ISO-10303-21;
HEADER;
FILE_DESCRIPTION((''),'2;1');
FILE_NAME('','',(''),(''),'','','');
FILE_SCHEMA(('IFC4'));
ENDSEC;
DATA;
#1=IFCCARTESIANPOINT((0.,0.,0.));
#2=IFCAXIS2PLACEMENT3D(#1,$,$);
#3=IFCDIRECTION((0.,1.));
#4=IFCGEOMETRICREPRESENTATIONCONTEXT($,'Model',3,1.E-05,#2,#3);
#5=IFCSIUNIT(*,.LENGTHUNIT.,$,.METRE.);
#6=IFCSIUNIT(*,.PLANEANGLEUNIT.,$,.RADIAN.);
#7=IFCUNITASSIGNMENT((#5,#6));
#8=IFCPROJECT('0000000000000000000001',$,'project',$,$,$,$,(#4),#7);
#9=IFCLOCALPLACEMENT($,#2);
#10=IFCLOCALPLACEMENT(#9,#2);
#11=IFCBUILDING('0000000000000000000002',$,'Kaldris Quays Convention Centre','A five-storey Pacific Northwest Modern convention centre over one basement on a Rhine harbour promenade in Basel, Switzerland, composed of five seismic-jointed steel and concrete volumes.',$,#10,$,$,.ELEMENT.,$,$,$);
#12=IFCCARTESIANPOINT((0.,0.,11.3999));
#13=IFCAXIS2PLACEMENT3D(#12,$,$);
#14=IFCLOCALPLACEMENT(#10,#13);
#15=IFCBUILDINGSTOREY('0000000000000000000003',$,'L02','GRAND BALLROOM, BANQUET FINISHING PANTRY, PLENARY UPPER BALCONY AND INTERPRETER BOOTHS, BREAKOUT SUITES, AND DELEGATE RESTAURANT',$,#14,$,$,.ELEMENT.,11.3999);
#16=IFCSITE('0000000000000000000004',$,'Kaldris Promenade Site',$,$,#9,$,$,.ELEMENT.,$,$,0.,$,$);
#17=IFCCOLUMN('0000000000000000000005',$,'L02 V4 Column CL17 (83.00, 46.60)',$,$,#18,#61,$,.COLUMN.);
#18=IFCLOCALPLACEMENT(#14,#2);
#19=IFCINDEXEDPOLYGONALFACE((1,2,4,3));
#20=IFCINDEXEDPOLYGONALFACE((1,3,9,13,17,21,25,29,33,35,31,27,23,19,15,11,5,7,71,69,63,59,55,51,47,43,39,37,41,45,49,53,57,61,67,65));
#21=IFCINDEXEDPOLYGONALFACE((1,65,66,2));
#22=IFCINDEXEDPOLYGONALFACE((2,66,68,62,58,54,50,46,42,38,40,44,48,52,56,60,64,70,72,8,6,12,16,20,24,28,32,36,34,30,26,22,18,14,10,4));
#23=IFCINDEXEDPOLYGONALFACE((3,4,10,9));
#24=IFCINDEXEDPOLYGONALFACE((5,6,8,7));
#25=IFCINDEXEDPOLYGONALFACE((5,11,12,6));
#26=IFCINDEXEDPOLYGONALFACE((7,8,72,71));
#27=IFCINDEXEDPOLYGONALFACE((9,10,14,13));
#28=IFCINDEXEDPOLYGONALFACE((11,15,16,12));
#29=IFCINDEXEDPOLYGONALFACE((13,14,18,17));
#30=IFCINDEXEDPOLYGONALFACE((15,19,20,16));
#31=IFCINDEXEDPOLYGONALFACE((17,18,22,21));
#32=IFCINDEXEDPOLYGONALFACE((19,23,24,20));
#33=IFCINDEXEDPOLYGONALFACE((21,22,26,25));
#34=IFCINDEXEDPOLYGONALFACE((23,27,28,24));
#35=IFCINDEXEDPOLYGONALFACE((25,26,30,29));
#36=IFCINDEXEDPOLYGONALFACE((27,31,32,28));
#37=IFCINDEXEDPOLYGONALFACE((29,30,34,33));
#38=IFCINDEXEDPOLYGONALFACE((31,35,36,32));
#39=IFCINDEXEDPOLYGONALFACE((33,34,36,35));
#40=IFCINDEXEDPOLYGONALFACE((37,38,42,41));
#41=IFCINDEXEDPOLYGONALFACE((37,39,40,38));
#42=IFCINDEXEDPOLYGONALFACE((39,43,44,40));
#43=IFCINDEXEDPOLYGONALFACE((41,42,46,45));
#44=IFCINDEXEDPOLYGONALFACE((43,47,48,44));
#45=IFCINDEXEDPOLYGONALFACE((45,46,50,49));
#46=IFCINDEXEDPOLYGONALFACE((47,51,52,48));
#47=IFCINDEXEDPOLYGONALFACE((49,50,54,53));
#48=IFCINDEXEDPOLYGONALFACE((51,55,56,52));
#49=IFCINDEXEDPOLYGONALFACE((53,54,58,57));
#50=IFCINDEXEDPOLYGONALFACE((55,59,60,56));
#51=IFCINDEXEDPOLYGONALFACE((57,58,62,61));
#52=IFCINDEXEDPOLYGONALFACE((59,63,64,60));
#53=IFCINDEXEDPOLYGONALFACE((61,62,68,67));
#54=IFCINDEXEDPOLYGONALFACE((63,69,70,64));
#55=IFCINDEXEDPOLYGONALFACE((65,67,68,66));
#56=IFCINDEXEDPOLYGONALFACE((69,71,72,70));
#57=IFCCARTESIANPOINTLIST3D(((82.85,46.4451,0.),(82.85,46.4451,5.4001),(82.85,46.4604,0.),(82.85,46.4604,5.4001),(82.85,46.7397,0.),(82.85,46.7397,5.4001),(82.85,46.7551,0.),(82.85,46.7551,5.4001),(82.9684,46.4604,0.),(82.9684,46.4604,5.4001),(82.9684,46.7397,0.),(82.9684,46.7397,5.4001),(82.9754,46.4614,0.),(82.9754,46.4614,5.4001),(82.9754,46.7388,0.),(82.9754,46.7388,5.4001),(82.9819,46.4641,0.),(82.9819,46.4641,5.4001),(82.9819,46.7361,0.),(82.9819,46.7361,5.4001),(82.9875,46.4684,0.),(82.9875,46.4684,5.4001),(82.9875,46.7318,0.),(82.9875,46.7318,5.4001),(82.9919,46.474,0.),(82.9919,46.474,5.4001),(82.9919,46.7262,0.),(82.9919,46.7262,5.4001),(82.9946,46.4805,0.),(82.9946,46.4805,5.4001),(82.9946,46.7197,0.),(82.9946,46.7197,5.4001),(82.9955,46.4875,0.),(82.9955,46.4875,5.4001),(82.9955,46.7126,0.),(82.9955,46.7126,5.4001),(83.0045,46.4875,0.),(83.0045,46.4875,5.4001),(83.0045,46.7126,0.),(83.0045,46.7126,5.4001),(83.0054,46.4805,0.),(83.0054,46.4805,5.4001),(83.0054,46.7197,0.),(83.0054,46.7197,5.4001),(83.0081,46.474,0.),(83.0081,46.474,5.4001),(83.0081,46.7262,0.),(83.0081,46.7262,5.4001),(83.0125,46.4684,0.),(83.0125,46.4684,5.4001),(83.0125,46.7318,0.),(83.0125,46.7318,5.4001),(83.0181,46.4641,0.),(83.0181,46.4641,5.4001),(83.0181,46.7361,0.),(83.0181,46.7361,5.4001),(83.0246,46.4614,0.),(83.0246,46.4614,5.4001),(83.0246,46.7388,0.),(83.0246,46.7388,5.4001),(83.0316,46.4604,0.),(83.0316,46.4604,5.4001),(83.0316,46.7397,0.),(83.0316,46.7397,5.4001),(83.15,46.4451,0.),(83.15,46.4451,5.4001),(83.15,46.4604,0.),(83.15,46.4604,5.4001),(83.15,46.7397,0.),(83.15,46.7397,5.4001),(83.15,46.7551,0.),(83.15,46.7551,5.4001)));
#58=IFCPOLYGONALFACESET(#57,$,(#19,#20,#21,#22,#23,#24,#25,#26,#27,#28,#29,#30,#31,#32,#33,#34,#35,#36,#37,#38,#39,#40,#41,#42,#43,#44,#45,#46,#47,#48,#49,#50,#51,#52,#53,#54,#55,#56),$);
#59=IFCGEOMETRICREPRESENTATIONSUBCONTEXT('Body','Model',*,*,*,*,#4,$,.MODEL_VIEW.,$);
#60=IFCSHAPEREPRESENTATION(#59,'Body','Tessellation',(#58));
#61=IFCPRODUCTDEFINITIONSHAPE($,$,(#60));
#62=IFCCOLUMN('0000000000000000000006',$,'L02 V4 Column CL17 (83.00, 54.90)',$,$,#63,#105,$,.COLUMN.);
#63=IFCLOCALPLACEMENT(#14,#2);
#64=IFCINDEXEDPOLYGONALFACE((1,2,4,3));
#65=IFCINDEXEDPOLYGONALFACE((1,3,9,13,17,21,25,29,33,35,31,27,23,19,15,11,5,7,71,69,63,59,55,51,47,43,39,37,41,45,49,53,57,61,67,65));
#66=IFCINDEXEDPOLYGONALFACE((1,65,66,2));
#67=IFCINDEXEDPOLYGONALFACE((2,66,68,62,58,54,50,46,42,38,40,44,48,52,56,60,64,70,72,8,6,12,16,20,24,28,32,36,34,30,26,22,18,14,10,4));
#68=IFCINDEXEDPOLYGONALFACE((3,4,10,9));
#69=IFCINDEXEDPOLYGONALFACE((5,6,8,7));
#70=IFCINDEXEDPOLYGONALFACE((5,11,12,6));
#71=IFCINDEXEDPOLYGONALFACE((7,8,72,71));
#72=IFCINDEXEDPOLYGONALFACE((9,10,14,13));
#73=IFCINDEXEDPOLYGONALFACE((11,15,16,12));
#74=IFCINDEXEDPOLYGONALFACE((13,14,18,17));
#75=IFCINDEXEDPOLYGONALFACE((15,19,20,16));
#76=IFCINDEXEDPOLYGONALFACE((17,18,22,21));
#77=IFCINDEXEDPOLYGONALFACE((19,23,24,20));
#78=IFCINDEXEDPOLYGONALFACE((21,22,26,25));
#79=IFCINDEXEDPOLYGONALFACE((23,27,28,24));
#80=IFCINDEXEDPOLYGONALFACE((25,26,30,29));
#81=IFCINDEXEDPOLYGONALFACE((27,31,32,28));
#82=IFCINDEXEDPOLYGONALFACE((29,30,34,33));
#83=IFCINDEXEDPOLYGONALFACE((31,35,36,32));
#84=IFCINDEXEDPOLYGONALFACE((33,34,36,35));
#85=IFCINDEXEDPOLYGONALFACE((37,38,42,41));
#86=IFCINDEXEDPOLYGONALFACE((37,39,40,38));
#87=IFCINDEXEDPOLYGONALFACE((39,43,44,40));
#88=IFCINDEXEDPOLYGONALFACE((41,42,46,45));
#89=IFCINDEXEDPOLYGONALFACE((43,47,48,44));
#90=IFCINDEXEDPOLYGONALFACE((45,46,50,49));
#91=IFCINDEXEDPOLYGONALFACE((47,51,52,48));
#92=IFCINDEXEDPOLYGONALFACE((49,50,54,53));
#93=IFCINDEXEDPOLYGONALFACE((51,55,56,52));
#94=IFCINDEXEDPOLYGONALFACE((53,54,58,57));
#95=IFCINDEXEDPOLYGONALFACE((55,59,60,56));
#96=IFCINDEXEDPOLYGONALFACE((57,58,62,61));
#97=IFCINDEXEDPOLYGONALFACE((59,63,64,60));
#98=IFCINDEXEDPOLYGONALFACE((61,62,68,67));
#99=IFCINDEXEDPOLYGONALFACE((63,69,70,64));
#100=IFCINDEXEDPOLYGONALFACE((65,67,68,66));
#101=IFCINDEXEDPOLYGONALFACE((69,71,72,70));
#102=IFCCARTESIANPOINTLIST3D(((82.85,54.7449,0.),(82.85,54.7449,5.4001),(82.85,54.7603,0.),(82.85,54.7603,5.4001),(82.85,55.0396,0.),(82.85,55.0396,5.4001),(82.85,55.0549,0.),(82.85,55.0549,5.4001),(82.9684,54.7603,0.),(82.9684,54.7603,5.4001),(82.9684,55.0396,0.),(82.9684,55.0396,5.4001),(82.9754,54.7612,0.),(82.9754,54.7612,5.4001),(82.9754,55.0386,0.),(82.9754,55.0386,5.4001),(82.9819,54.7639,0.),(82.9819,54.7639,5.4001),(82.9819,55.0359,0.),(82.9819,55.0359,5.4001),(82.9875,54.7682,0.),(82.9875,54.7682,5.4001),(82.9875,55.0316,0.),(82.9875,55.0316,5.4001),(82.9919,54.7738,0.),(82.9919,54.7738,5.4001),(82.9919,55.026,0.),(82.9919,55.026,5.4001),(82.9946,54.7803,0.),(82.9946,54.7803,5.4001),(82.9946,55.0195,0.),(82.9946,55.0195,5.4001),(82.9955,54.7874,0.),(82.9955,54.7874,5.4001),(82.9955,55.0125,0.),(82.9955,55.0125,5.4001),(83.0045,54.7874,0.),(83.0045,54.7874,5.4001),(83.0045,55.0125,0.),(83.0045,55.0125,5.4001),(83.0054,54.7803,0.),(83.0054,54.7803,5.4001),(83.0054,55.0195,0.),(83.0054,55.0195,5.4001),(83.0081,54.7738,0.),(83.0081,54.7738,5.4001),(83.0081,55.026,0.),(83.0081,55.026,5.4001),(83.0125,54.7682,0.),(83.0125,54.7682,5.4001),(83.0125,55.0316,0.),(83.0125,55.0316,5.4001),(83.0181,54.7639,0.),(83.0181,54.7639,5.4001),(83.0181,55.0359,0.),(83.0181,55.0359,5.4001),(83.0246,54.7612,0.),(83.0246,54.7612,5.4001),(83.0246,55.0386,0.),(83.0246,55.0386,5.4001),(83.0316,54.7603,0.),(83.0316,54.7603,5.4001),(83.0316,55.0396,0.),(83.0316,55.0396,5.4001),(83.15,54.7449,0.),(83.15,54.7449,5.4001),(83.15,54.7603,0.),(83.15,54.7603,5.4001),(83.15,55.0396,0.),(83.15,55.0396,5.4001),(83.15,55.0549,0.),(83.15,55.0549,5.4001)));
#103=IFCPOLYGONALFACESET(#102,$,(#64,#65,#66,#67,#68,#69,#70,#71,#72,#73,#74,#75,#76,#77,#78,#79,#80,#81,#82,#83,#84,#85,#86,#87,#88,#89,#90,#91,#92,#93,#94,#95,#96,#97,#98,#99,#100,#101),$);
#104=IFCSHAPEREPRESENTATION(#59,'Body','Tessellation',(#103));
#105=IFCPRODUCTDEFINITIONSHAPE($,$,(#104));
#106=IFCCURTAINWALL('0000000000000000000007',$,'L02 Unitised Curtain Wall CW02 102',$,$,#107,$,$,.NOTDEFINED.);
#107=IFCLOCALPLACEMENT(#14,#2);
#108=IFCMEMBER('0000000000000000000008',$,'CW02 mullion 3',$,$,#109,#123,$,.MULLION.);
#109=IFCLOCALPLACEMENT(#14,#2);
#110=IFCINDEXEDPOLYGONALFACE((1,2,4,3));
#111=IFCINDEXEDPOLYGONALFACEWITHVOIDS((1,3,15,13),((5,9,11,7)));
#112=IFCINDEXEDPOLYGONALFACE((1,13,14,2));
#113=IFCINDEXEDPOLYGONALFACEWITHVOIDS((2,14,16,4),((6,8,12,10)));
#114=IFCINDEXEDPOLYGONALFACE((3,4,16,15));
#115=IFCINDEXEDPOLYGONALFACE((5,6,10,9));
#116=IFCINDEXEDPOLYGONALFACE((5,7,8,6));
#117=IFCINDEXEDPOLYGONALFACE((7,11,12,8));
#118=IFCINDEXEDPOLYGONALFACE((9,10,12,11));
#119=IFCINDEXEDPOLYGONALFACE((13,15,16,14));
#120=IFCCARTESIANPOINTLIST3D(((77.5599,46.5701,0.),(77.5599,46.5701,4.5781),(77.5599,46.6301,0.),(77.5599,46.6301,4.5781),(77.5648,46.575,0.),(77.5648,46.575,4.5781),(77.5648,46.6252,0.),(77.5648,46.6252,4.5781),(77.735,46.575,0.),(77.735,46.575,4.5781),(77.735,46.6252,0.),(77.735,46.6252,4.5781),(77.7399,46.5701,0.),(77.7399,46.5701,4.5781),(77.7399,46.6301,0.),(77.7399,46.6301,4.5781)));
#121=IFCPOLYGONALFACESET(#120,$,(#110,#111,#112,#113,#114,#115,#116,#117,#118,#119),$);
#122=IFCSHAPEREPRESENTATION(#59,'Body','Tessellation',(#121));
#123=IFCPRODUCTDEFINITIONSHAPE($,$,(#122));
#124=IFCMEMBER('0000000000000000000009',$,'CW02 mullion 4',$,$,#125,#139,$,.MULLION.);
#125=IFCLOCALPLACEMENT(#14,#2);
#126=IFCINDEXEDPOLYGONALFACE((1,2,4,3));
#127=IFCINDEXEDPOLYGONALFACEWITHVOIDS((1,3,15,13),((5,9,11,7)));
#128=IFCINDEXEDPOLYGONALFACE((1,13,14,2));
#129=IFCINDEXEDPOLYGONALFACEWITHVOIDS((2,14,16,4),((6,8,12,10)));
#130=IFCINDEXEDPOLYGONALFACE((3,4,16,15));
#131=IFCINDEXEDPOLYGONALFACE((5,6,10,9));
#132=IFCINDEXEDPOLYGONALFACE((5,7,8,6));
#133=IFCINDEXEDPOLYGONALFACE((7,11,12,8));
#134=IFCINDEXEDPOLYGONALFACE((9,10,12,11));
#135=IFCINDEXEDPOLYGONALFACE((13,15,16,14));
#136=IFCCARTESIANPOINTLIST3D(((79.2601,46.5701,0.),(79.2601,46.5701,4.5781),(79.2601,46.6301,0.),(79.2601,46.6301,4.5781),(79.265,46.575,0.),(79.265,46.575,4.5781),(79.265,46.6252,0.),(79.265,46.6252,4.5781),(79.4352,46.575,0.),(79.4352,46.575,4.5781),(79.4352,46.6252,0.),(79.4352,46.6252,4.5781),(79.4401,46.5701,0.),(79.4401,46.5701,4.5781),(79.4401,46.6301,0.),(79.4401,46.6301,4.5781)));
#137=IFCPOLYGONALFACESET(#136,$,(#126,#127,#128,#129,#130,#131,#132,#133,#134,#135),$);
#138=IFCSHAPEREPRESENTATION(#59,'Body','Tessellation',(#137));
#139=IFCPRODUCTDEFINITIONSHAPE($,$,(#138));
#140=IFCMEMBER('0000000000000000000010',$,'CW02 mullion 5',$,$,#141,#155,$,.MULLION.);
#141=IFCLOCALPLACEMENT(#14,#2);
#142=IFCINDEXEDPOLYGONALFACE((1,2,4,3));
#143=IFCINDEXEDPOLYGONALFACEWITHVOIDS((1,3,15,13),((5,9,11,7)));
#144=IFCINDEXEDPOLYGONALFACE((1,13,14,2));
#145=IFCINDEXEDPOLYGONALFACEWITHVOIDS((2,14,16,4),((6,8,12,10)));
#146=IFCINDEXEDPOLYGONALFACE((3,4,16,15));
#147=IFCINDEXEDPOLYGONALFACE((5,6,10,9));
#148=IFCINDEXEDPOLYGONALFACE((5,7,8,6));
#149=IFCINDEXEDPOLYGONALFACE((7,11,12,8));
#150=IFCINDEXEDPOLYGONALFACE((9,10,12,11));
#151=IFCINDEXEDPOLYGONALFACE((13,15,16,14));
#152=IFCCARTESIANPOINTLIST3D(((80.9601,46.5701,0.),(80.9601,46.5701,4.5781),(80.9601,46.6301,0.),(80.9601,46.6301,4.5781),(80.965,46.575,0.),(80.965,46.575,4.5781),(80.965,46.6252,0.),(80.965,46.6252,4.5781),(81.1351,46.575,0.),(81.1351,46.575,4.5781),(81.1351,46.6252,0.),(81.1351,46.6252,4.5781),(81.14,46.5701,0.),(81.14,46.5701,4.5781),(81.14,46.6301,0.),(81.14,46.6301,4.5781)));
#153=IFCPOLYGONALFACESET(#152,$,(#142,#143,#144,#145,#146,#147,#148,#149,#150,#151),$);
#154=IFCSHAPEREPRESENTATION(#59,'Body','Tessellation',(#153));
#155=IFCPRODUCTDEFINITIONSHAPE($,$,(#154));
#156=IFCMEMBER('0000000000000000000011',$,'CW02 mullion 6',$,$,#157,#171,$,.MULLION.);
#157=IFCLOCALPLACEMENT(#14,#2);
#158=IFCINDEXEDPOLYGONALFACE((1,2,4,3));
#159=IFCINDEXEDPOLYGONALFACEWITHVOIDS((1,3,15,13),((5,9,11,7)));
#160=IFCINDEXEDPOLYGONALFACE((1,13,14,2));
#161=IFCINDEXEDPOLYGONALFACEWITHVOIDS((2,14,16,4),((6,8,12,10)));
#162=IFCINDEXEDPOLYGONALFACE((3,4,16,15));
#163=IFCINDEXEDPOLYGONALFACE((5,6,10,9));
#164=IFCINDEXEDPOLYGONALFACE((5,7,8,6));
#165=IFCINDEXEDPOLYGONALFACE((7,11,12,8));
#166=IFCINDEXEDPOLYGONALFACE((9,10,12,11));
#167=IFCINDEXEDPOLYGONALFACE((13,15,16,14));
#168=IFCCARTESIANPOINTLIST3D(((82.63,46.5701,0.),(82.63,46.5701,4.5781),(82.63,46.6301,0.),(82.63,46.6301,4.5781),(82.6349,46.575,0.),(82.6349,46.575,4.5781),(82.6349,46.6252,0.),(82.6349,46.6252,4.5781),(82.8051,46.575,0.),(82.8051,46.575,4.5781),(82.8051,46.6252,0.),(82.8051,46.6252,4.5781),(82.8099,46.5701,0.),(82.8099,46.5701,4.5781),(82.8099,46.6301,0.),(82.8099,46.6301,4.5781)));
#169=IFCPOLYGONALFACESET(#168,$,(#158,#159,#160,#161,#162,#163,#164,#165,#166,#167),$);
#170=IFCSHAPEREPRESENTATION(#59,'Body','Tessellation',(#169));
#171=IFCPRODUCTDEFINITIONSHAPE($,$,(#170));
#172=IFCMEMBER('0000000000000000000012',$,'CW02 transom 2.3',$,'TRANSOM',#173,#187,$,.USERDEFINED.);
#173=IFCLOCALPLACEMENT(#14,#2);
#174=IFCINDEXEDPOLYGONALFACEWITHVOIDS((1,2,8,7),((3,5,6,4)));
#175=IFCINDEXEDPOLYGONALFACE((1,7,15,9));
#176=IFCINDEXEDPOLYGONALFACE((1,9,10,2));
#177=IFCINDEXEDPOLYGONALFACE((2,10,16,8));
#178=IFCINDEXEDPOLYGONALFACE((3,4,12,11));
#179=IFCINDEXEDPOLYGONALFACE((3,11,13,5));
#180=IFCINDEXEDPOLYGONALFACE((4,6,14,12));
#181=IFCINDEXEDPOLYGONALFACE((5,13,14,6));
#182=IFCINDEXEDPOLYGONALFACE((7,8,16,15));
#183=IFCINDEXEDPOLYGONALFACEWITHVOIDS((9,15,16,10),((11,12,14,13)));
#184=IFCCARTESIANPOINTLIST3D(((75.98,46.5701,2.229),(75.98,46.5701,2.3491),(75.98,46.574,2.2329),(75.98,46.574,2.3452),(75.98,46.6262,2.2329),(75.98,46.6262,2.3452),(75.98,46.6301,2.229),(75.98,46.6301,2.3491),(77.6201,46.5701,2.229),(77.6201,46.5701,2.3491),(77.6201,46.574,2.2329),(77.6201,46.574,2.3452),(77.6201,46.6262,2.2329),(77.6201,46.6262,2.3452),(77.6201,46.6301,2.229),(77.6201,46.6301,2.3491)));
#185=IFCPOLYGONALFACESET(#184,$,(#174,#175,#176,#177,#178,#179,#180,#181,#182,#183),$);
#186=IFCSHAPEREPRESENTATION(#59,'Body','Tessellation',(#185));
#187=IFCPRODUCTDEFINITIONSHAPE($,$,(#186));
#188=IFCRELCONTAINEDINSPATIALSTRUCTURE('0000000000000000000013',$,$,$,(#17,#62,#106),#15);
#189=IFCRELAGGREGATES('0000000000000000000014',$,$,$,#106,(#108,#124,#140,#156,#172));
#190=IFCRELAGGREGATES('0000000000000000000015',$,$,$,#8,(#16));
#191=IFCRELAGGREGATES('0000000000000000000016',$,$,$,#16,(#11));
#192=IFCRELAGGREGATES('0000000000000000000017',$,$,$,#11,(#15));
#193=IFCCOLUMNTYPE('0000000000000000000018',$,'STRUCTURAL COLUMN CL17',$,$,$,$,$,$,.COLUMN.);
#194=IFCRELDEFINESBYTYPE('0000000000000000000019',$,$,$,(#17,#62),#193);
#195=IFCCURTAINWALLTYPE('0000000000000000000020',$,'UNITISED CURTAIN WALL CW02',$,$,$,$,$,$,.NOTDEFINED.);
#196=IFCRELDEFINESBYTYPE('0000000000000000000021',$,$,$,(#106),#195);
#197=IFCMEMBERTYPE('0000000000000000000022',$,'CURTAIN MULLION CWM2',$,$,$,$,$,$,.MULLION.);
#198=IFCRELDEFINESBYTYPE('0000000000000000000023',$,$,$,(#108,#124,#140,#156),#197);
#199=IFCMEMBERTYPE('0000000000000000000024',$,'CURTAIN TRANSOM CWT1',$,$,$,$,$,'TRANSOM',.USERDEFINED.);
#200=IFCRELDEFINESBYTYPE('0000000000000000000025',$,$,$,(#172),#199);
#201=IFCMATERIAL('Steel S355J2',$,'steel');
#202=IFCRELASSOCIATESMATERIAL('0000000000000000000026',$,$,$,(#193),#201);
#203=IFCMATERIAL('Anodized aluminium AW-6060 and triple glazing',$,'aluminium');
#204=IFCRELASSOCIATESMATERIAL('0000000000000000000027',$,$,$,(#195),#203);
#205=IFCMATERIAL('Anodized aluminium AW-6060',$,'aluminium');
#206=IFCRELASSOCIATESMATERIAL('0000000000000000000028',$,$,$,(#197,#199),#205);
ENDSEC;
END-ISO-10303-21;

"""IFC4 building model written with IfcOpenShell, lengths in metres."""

from ifc_helpers import new_model, si_unit, direction, frame, origin, origin_2d, place, context, subcontext, project, spatial, hollow_rectangle, i_section, extrude, material, material_profile, profile_set, type_object, element, aggregate, save


model = new_model("IFC4")

# Units and contexts
model_context = context("Model", 3, precision=1e-05, world=origin(), true_north=direction((0.0, 1.0)))
body_context = subcontext(model_context, "Body", "Model", "MODEL_VIEW")
ifc_project = project(units=[si_unit("LENGTHUNIT", "METRE"), si_unit("PLANEANGLEUNIT", "RADIAN")], contexts=[model_context])

# Site, building, storey
site_placement = place(None, origin())
site = spatial("IfcSite", under=ifc_project, at=site_placement, Name="Kaldris Promenade Site", CompositionType="ELEMENT", RefElevation=0.0)
building_placement = place(site_placement, origin())
building = spatial("IfcBuilding", under=site, at=building_placement, Name="Kaldris Quays Convention Centre", Description="A five-storey Pacific Northwest Modern convention centre over one basement on a Rhine harbour promenade in Basel, Switzerland, composed of five seismic-jointed steel and concrete volumes.", CompositionType="ELEMENT")
storey_placement = place(building_placement, frame((0.0, 0.0, 11.3999)))
storey = spatial("IfcBuildingStorey", under=building, at=storey_placement, Name="L02", Description="GRAND BALLROOM, BANQUET FINISHING PANTRY, PLENARY UPPER BALCONY AND INTERPRETER BOOTHS, BREAKOUT SUITES, AND DELEGATE RESTAURANT", CompositionType="ELEMENT", Elevation=11.3999)

# Columns
ifc_material_1 = material(Name="Steel S355J2", Category="steel")
ifc_material_profile_1 = material_profile(ifc_material_1, i_section(OverallWidth=0.3, OverallDepth=0.3101, WebThickness=0.009, FlangeThickness=0.0154, FilletRadius=0.0271, at=origin_2d()), Name="HEA 320")
ifc_profile_set_1 = profile_set([ifc_material_profile_1], Name="Steel S355J2")
column_type = type_object("IfcColumnType", Name="STRUCTURAL COLUMN CL17", PredefinedType="COLUMN", material=ifc_profile_set_1)
for number, where, z_axis, x_axis, name in (
    (1, (83.0, 46.6001, 0.0), (0.0, 0.0, 1.0), (1.0, 0.0, 0.0), "L02 V4 Column CL17 (83.00, 46.60)"),
    (2, (83.0, 54.8999, 0.0), (0.0, 0.0, 1.0), (1.0, 0.0, 0.0), "L02 V4 Column CL17 (83.00, 54.90)"),
):
    element("IfcColumn", number, at=place(storey_placement, frame(where, z_axis=z_axis, x_axis=x_axis)), inside=storey, type_object=column_type, Name=name, PredefinedType="COLUMN", context=body_context, shape_type="SweptSolid", body=[
        extrude(i_section(OverallWidth=0.3, OverallDepth=0.3101, WebThickness=0.009, FlangeThickness=0.0154, FilletRadius=0.0271, at=origin_2d()), origin(), (0.0, 0.0, 1.0), 5.4001),
    ])

# Curtain wall, members
ifc_material_2 = material(Name="Anodized aluminium AW-6060 and triple glazing", Category="aluminium")
curtain_wall_type = type_object("IfcCurtainWallType", Name="UNITISED CURTAIN WALL CW02", PredefinedType="NOTDEFINED", material=ifc_material_2)
curtain_wall_placement = place(storey_placement, origin())
curtain_wall = element("IfcCurtainWall", 3, at=curtain_wall_placement, inside=storey, type_object=curtain_wall_type, Name="L02 Unitised Curtain Wall CW02 102", PredefinedType="NOTDEFINED")
ifc_material_3 = material(Name="Anodized aluminium AW-6060", Category="aluminium")
ifc_material_profile_2 = material_profile(ifc_material_3, hollow_rectangle(XDim=0.0601, YDim=0.1799, WallThickness=0.0049, at=origin_2d()), Name="RHS 180x60x5")
ifc_profile_set_2 = profile_set([ifc_material_profile_2], Name="Anodized aluminium AW-6060")
member_type_1 = type_object("IfcMemberType", Name="CURTAIN MULLION CWM2", PredefinedType="MULLION", material=ifc_profile_set_2)
member_1_placement = place(storey_placement, frame((77.6499, 46.6001, 0.0), z_axis=(0.0, 0.0, 1.0), x_axis=(0.0, 1.0, 0.0)))
member_1 = element("IfcMember", 4, at=member_1_placement, type_object=member_type_1, Name="CW02 mullion 3", PredefinedType="MULLION", context=body_context, shape_type="SweptSolid", body=[
    extrude(hollow_rectangle(XDim=0.0601, YDim=0.1799, WallThickness=0.0049, at=origin_2d()), origin(), (0.0, 0.0, 1.0), 4.5781),
])
member_2_placement = place(storey_placement, frame((79.3501, 46.6001, 0.0), z_axis=(0.0, 0.0, 1.0), x_axis=(0.0, 1.0, 0.0)))
member_2 = element("IfcMember", 5, at=member_2_placement, type_object=member_type_1, Name="CW02 mullion 4", PredefinedType="MULLION", context=body_context, shape_type="SweptSolid", body=[
    extrude(hollow_rectangle(XDim=0.0601, YDim=0.1799, WallThickness=0.0049, at=origin_2d()), origin(), (0.0, 0.0, 1.0), 4.5781),
])
member_3_placement = place(storey_placement, frame((81.05, 46.6001, 0.0), z_axis=(0.0, 0.0, 1.0), x_axis=(0.0, 1.0, 0.0)))
member_3 = element("IfcMember", 6, at=member_3_placement, type_object=member_type_1, Name="CW02 mullion 5", PredefinedType="MULLION", context=body_context, shape_type="SweptSolid", body=[
    extrude(hollow_rectangle(XDim=0.0601, YDim=0.1799, WallThickness=0.0049, at=origin_2d()), origin(), (0.0, 0.0, 1.0), 4.5781),
])
member_4_placement = place(storey_placement, frame((82.72, 46.6001, 0.0), z_axis=(0.0, 0.0, 1.0), x_axis=(0.0, 1.0, 0.0)))
member_4 = element("IfcMember", 7, at=member_4_placement, type_object=member_type_1, Name="CW02 mullion 6", PredefinedType="MULLION", context=body_context, shape_type="SweptSolid", body=[
    extrude(hollow_rectangle(XDim=0.0601, YDim=0.1799, WallThickness=0.0049, at=origin_2d()), origin(), (0.0, 0.0, 1.0), 4.5781),
])
ifc_material_profile_3 = material_profile(ifc_material_3, hollow_rectangle(XDim=0.0601, YDim=0.1201, WallThickness=0.0039, at=origin_2d()), Name="RHS 120x60x4")
ifc_profile_set_3 = profile_set([ifc_material_profile_3], Name="Anodized aluminium AW-6060")
member_type_2 = type_object("IfcMemberType", Name="CURTAIN TRANSOM CWT1", ElementType="TRANSOM", PredefinedType="USERDEFINED", material=ifc_profile_set_3)
member_5_placement = place(storey_placement, frame((75.98, 46.6001, 2.2891), z_axis=(1.0, 0.0, 0.0), x_axis=(0.0, 1.0, 0.0)))
member_5 = element("IfcMember", 8, at=member_5_placement, type_object=member_type_2, Name="CW02 transom 2.3", ObjectType="TRANSOM", PredefinedType="USERDEFINED", context=body_context, shape_type="SweptSolid", body=[
    extrude(hollow_rectangle(XDim=0.0601, YDim=0.1201, WallThickness=0.0039, at=origin_2d()), origin(), (0.0, 0.0, 1.0), 1.6401),
])

aggregate(curtain_wall, [member_1, member_2, member_3, member_4, member_5])

save(model, "model.ifc")
